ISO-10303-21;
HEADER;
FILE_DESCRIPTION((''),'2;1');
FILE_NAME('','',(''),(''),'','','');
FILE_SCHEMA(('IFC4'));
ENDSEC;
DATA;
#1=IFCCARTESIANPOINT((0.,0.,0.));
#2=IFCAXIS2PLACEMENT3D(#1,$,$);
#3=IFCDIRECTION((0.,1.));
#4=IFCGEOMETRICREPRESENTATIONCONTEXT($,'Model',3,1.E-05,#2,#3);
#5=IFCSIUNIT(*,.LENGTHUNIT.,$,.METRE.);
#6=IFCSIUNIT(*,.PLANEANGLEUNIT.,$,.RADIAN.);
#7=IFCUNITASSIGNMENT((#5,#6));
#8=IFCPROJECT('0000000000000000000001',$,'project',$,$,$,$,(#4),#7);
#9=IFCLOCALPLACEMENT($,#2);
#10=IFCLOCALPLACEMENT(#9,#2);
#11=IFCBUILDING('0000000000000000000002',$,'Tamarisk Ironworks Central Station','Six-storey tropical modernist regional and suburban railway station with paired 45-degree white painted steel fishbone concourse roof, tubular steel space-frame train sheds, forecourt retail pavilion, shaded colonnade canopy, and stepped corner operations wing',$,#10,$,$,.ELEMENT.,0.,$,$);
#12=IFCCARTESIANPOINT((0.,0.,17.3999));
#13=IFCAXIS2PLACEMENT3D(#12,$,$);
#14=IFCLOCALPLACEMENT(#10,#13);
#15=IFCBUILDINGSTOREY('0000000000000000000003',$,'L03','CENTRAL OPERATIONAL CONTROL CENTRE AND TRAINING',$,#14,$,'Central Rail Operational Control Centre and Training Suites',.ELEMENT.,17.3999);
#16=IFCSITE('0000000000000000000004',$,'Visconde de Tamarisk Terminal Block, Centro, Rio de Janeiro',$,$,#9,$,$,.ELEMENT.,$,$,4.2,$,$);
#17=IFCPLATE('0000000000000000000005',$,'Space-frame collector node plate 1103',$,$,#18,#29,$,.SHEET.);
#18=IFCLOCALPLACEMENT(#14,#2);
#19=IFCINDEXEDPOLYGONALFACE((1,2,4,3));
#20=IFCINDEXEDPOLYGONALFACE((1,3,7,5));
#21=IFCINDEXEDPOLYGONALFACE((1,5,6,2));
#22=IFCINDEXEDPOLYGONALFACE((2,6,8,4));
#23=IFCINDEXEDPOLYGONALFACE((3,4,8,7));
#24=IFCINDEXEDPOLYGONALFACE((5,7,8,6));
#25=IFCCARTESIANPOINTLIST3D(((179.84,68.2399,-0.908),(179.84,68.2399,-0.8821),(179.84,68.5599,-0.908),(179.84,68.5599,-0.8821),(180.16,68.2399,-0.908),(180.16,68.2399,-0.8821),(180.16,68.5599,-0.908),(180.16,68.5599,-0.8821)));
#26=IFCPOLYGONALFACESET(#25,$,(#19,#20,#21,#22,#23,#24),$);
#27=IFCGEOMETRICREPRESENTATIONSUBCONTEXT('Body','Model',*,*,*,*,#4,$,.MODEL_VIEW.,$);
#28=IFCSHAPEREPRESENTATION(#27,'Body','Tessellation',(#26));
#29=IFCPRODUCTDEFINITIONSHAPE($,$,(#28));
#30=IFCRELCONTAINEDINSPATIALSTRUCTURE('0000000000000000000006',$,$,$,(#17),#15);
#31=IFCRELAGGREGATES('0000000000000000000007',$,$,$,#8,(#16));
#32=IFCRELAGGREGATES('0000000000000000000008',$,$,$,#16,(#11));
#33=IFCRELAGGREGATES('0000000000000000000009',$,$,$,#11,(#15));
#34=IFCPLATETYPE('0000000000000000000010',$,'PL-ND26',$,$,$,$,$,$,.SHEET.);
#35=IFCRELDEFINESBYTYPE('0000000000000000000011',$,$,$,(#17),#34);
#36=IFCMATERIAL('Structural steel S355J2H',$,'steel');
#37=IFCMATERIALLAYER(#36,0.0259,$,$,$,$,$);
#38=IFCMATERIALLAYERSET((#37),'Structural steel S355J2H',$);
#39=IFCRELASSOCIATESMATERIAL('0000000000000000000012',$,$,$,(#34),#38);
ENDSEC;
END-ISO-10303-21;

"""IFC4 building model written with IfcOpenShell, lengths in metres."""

from ifc_helpers import new_model, si_unit, direction, frame, origin, origin_2d, place, context, subcontext, project, spatial, rectangle, extrude, material, layer, layer_set, type_object, element, save


model = new_model("IFC4")

# Units and contexts
model_context = context("Model", 3, precision=1e-05, world=origin(), true_north=direction((0.0, 1.0)))
body_context = subcontext(model_context, "Body", "Model", "MODEL_VIEW")
ifc_project = project(units=[si_unit("LENGTHUNIT", "METRE"), si_unit("PLANEANGLEUNIT", "RADIAN")], contexts=[model_context])

# Site, building, storey
site_placement = place(None, origin())
site = spatial("IfcSite", under=ifc_project, at=site_placement, Name="Visconde de Tamarisk Terminal Block, Centro, Rio de Janeiro", CompositionType="ELEMENT", RefElevation=4.2)
building_placement = place(site_placement, origin())
building = spatial("IfcBuilding", under=site, at=building_placement, Name="Tamarisk Ironworks Central Station", Description="Six-storey tropical modernist regional and suburban railway station with paired 45-degree white painted steel fishbone concourse roof, tubular steel space-frame train sheds, forecourt retail pavilion, shaded colonnade canopy, and stepped corner operations wing", CompositionType="ELEMENT", ElevationOfRefHeight=0.0)
storey_placement = place(building_placement, frame((0.0, 0.0, 17.3999)))
storey = spatial("IfcBuildingStorey", under=building, at=storey_placement, Name="L03", Description="CENTRAL OPERATIONAL CONTROL CENTRE AND TRAINING", LongName="Central Rail Operational Control Centre and Training Suites", CompositionType="ELEMENT", Elevation=17.3999)

# Shared definitions
ifc_material = material(Name="Structural steel S355J2H", Category="steel")

# Plate
ifc_layer = layer(ifc_material, 0.0259)
ifc_layer_set = layer_set([ifc_layer], Name="Structural steel S355J2H")
plate_type = type_object("IfcPlateType", Name="PL-ND26", PredefinedType="SHEET", material=ifc_layer_set)
plate_1_placement = place(storey_placement, frame((180.0, 68.3999, -0.908), z_axis=(0.0, 0.0, 1.0), x_axis=(1.0, 0.0, 0.0)))
element("IfcPlate", 1, at=plate_1_placement, inside=storey, type_object=plate_type, Name="Space-frame collector node plate 1103", PredefinedType="SHEET", context=body_context, shape_type="SweptSolid", body=[
    extrude(rectangle(XDim=0.3201, YDim=0.3201, at=origin_2d()), origin(), (0.0, 0.0, 1.0), 0.0259),
])

save(model, "model.ifc")
